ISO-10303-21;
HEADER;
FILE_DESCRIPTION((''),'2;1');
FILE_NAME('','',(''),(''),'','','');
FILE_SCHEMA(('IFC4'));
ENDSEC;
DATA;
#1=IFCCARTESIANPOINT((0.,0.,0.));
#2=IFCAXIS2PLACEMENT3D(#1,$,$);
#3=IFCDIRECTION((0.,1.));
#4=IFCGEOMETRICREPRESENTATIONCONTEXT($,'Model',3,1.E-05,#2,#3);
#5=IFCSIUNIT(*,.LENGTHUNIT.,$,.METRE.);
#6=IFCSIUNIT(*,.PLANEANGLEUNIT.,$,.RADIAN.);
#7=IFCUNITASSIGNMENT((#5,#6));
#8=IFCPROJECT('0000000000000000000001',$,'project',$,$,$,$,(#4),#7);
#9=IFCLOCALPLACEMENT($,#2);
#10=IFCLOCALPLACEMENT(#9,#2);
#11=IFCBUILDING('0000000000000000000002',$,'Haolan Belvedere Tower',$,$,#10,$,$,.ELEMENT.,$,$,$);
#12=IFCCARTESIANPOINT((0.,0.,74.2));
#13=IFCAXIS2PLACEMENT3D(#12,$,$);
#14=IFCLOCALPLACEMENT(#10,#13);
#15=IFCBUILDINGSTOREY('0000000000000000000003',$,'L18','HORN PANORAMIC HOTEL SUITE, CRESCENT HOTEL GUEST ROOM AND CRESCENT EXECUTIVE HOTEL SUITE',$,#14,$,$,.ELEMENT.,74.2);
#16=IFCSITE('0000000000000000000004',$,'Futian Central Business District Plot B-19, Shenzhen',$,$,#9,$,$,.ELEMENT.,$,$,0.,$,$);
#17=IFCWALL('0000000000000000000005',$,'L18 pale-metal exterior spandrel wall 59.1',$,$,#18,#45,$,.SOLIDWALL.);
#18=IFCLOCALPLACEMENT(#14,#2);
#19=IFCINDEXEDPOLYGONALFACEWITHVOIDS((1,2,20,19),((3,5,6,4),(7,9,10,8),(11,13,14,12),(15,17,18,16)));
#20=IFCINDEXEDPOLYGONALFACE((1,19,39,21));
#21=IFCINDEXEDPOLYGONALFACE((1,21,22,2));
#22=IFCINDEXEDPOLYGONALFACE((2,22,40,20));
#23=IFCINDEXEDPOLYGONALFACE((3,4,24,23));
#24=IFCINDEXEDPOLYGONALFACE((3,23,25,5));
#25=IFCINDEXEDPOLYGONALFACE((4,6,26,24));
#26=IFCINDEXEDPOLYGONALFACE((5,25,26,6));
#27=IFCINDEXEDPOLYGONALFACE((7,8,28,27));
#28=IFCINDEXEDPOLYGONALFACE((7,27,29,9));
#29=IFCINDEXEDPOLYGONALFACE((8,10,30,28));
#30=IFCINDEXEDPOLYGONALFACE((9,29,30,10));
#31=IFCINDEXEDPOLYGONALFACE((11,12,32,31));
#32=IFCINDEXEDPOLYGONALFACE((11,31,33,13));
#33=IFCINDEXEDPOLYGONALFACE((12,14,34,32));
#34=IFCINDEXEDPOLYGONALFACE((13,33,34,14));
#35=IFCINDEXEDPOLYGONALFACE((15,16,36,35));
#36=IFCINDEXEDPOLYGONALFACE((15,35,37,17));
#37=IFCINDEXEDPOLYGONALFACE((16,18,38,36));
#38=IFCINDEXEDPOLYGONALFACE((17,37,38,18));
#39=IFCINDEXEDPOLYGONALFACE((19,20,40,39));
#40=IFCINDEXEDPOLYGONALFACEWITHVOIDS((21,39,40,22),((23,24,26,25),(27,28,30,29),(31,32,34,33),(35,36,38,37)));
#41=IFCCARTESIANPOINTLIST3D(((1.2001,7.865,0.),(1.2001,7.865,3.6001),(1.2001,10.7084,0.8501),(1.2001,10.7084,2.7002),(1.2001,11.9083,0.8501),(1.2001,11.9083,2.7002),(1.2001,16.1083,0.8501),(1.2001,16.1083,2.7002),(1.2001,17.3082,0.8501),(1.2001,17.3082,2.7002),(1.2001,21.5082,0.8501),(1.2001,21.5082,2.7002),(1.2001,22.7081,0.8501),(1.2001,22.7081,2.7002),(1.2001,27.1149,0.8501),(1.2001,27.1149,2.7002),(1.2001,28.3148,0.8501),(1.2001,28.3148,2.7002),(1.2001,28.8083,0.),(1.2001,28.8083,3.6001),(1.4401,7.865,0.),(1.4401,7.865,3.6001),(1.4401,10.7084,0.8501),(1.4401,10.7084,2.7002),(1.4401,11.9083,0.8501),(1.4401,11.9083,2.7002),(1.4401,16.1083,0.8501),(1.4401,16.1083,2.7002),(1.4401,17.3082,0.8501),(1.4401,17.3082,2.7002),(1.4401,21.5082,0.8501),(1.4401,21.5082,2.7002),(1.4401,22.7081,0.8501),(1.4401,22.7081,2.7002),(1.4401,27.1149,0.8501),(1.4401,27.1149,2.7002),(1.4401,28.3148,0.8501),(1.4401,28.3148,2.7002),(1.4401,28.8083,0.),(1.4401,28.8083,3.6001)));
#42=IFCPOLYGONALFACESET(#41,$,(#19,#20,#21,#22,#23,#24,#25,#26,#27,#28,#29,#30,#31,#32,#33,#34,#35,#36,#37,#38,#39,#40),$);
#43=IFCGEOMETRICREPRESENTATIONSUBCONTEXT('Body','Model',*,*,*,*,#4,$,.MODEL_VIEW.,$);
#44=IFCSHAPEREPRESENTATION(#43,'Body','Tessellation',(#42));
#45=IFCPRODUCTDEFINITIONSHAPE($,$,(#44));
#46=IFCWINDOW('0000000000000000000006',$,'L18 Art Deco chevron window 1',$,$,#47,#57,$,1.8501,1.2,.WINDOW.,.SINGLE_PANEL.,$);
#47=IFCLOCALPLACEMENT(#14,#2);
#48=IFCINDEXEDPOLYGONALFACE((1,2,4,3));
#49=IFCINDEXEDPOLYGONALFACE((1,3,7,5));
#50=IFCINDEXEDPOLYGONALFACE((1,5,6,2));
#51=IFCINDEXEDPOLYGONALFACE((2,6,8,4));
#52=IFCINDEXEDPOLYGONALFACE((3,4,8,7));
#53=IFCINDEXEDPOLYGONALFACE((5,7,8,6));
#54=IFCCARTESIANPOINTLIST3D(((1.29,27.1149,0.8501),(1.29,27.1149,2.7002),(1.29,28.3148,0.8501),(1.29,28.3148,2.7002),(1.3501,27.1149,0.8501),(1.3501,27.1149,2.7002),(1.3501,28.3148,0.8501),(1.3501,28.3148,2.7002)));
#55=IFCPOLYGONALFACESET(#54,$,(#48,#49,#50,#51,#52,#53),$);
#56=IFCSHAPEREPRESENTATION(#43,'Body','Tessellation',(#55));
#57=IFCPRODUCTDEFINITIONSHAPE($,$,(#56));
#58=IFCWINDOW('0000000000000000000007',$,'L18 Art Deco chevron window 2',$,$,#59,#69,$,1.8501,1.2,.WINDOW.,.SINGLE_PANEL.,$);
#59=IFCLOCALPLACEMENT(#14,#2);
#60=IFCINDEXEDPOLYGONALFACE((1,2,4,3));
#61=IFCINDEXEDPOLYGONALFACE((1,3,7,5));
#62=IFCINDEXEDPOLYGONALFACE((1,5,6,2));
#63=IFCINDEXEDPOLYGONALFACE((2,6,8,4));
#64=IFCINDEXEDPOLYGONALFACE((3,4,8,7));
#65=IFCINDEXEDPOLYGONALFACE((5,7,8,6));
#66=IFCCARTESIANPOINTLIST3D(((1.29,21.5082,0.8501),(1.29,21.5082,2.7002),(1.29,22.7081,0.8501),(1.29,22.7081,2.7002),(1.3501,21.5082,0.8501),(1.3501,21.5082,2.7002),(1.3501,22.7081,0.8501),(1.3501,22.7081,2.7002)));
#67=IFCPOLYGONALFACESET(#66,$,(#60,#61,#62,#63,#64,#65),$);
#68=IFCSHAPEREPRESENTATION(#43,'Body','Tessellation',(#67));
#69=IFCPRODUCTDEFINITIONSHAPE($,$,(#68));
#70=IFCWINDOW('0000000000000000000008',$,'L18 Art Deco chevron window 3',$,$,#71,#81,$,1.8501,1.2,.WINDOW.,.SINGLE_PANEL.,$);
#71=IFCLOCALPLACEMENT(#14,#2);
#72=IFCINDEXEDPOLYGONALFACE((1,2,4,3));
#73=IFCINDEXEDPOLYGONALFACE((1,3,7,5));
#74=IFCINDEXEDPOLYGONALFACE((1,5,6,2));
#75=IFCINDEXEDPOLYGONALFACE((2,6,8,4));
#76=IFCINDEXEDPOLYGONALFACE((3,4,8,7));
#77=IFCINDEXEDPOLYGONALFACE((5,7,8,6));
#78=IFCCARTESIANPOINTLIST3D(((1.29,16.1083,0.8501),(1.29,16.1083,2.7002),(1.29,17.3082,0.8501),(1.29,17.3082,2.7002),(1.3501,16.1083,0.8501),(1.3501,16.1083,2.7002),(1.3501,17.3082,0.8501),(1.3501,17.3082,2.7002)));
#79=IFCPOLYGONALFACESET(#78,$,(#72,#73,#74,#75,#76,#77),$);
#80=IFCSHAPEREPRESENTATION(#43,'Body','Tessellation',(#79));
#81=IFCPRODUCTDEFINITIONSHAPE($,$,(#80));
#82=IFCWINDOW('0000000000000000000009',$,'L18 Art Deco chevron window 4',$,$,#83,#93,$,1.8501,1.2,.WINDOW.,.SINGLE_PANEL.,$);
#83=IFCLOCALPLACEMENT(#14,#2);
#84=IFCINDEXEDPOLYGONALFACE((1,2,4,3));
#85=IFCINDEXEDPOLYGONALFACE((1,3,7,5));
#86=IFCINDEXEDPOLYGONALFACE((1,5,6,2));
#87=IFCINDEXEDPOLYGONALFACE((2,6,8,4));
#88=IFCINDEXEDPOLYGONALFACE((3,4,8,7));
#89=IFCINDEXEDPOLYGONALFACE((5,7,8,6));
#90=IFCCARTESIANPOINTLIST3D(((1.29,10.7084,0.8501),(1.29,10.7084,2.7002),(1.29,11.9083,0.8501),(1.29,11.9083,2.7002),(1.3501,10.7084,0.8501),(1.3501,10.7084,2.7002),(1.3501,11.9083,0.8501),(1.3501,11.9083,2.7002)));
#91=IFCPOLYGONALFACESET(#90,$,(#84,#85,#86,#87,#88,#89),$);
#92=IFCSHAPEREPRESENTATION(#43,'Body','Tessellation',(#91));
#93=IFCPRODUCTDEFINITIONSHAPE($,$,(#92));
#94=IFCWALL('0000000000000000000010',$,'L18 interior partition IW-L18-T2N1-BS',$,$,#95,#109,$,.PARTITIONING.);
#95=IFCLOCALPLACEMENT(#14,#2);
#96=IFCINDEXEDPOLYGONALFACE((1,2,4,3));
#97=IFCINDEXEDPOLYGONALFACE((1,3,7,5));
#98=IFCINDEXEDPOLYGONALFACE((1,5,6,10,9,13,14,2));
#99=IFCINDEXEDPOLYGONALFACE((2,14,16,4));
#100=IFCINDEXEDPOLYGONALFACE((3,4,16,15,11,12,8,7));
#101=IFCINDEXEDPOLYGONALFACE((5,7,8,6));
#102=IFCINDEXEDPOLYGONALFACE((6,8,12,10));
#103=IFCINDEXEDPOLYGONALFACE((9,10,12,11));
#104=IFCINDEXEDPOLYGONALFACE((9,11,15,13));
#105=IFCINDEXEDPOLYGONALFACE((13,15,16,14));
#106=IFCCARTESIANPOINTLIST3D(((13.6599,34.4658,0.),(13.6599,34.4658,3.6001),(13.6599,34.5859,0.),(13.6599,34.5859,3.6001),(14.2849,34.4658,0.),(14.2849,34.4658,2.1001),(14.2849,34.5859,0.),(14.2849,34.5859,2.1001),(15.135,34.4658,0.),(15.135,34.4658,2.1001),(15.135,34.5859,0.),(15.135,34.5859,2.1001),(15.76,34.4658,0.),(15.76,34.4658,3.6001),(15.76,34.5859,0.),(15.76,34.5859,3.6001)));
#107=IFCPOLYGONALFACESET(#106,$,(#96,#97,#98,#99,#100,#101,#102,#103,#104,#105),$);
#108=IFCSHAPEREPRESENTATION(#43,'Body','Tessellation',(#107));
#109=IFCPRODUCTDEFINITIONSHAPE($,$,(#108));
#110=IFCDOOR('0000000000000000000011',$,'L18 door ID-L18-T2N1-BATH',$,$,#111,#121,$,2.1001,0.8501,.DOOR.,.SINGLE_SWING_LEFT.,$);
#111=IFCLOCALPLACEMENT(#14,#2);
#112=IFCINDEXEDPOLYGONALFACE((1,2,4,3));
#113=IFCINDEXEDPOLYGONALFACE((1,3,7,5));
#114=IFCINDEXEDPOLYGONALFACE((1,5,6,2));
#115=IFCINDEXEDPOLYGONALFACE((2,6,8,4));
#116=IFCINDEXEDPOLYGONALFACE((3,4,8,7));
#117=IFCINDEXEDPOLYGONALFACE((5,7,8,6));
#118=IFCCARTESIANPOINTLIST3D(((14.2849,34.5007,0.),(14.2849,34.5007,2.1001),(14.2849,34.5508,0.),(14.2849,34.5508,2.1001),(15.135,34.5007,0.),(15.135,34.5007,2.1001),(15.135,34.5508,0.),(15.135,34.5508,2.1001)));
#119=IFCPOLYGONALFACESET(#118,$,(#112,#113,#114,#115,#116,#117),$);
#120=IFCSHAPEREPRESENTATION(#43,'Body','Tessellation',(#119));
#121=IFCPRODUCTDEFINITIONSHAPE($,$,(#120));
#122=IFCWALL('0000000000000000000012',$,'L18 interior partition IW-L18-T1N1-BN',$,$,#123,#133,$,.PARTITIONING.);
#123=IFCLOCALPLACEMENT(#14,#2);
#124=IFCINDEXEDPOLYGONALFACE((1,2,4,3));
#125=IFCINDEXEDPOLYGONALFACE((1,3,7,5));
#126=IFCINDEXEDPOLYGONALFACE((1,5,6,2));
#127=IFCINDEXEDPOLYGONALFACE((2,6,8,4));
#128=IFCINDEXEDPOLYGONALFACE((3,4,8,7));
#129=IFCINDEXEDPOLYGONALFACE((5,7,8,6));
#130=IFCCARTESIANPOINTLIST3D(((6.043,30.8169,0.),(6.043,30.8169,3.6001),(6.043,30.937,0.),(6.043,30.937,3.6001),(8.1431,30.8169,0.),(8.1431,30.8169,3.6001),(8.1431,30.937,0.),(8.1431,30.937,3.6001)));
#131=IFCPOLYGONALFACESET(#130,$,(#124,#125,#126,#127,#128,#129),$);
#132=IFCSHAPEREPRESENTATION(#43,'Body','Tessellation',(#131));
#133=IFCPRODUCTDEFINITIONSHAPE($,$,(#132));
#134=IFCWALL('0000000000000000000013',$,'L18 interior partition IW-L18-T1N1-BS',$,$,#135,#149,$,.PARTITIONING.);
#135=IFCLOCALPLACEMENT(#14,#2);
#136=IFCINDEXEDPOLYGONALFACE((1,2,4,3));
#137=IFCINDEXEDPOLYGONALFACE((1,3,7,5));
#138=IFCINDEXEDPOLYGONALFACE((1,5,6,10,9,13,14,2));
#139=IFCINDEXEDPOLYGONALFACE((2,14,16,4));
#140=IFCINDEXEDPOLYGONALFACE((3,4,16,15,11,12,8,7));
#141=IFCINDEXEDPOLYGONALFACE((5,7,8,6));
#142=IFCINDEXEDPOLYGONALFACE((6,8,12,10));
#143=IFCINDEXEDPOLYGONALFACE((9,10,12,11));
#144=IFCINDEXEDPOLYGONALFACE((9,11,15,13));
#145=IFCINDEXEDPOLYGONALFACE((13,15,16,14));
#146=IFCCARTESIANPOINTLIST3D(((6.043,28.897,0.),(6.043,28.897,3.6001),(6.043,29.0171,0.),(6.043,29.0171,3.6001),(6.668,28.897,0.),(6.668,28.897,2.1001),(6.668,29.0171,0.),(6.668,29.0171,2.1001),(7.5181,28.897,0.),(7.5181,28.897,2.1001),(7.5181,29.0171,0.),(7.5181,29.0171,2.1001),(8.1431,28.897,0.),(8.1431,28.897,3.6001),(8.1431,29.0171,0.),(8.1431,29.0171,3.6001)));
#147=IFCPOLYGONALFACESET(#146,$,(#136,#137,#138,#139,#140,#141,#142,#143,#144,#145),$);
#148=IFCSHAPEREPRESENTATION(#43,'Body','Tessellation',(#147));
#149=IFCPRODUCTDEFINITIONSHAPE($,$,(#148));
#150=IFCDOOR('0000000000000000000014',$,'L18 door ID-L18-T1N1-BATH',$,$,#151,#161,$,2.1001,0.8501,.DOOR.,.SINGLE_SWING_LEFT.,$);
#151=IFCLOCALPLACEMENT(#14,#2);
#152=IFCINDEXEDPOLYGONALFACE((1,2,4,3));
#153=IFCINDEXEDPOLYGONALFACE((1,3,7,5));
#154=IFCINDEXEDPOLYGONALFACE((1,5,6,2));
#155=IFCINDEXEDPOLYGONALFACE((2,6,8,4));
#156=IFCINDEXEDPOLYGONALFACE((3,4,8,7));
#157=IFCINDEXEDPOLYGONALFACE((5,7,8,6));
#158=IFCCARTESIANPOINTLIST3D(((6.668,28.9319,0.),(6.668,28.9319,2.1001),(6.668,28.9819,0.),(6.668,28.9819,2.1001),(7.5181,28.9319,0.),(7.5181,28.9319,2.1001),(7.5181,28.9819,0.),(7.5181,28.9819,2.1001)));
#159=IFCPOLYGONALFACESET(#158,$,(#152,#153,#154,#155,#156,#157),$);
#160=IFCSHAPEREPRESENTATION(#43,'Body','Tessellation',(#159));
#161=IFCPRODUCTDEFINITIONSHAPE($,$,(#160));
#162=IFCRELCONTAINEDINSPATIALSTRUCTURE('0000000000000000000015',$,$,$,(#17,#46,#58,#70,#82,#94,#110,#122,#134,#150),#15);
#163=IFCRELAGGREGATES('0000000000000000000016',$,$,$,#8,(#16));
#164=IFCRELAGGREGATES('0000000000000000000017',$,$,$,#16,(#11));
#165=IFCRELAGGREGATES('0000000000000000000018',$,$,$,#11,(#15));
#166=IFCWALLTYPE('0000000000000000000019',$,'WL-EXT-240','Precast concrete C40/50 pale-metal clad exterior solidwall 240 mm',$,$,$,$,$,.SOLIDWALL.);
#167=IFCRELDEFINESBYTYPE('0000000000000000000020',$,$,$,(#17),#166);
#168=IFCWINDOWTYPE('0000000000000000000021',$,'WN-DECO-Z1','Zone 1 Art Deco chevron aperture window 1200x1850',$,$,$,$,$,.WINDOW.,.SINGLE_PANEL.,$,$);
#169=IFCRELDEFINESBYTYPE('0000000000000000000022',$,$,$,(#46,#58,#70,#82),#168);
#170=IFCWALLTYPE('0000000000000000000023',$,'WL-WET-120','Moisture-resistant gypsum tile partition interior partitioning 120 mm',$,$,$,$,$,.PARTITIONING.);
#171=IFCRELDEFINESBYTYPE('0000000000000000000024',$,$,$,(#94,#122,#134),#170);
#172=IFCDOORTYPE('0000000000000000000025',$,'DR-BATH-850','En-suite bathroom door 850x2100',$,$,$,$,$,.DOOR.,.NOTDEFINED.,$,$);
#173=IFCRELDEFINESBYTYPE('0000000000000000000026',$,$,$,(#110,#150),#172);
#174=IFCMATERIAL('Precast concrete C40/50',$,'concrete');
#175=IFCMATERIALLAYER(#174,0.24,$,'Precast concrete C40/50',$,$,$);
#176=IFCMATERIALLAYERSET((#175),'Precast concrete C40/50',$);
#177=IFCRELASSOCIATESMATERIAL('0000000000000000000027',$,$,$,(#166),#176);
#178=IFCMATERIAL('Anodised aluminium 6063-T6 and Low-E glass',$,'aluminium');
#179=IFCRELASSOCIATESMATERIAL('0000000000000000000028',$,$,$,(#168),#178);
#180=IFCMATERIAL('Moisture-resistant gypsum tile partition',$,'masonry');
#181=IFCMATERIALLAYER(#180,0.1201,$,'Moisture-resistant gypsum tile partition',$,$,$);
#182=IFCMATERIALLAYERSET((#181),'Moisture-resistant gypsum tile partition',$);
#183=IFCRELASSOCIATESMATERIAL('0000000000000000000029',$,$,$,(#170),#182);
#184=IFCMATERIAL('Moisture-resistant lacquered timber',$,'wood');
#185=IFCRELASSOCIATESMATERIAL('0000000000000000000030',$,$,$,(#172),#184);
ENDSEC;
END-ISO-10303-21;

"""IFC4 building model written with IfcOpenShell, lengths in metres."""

from ifc_helpers import new_model, si_unit, direction, frame, frame_2d, origin, place, context, subcontext, project, spatial, rectangle, extrude, material, layer, layer_set, type_object, element, fill, save


model = new_model("IFC4")

# Units and contexts
model_context = context("Model", 3, precision=1e-05, world=origin(), true_north=direction((0.0, 1.0)))
body_context = subcontext(model_context, "Body", "Model", "MODEL_VIEW")
ifc_project = project(units=[si_unit("LENGTHUNIT", "METRE"), si_unit("PLANEANGLEUNIT", "RADIAN")], contexts=[model_context])

# Site, building, storey
site_placement = place(None, origin())
site = spatial("IfcSite", under=ifc_project, at=site_placement, Name="Futian Central Business District Plot B-19, Shenzhen", CompositionType="ELEMENT", RefElevation=0.0)
building_placement = place(site_placement, origin())
building = spatial("IfcBuilding", under=site, at=building_placement, Name="Haolan Belvedere Tower", CompositionType="ELEMENT")
storey_placement = place(building_placement, frame((0.0, 0.0, 74.2)))
storey = spatial("IfcBuildingStorey", under=building, at=storey_placement, Name="L18", Description="HORN PANORAMIC HOTEL SUITE, CRESCENT HOTEL GUEST ROOM AND CRESCENT EXECUTIVE HOTEL SUITE", CompositionType="ELEMENT", Elevation=74.2)

# Shared definitions
ifc_material_1 = material(Name="Precast concrete C40/50", Category="concrete")
ifc_layer_1 = layer(ifc_material_1, 0.24, Name="Precast concrete C40/50")
ifc_layer_set_1 = layer_set([ifc_layer_1], Name="Precast concrete C40/50")
wall_type_1 = type_object("IfcWallType", Name="WL-EXT-240", Description="Precast concrete C40/50 pale-metal clad exterior solidwall 240 mm", PredefinedType="SOLIDWALL", material=ifc_layer_set_1)

# Shared definitions
ifc_material_2 = material(Name="Anodised aluminium 6063-T6 and Low-E glass", Category="aluminium")
window_type = type_object("IfcWindowType", Name="WN-DECO-Z1", Description="Zone 1 Art Deco chevron aperture window 1200x1850", PartitioningType="SINGLE_PANEL", PredefinedType="WINDOW", material=ifc_material_2)

# Wall, openings, windows
wall_1_placement = place(storey_placement, frame((1.3201, 28.8083, 0.0), z_axis=(0.0, 0.0, 1.0), x_axis=(0.0, -1.0, 0.0)))
wall_1 = element("IfcWall", 1, at=wall_1_placement, inside=storey, type_object=wall_type_1, Name="L18 pale-metal exterior spandrel wall 59.1", PredefinedType="SOLIDWALL", context=body_context, shape_type="SweptSolid", body=[
    extrude(rectangle(XDim=20.9434, YDim=0.24, at=frame_2d((10.4717, 0.0))), origin(), (0.0, 0.0, 1.0), 3.6001),
])
opening_1_placement = place(wall_1_placement, frame((0.4934, 0.0, 0.8501)))
opening_1 = element("IfcOpeningElement", 2, at=opening_1_placement, cuts=wall_1, PredefinedType="OPENING", context=body_context, shape_type="SweptSolid", body=[
    extrude(rectangle(XDim=1.2, YDim=1.8501, at=frame_2d((0.6001, 0.925))), frame((0.0, 0.1299, 0.0), z_axis=(0.0, -1.0, 0.0), x_axis=(1.0, 0.0, 0.0)), (0.0, 0.0, 1.0), 0.26),
])
opening_2_placement = place(wall_1_placement, frame((6.1001, 0.0, 0.8501)))
opening_2 = element("IfcOpeningElement", 3, at=opening_2_placement, cuts=wall_1, PredefinedType="OPENING", context=body_context, shape_type="SweptSolid", body=[
    extrude(rectangle(XDim=1.2, YDim=1.8501, at=frame_2d((0.6001, 0.925))), frame((0.0, 0.1299, 0.0), z_axis=(0.0, -1.0, 0.0), x_axis=(1.0, 0.0, 0.0)), (0.0, 0.0, 1.0), 0.26),
])
opening_3_placement = place(wall_1_placement, frame((11.5, 0.0, 0.8501)))
opening_3 = element("IfcOpeningElement", 4, at=opening_3_placement, cuts=wall_1, PredefinedType="OPENING", context=body_context, shape_type="SweptSolid", body=[
    extrude(rectangle(XDim=1.2, YDim=1.8501, at=frame_2d((0.6001, 0.925))), frame((0.0, 0.1299, 0.0), z_axis=(0.0, -1.0, 0.0), x_axis=(1.0, 0.0, 0.0)), (0.0, 0.0, 1.0), 0.26),
])
opening_4_placement = place(wall_1_placement, frame((16.8999, 0.0, 0.8501)))
opening_4 = element("IfcOpeningElement", 5, at=opening_4_placement, cuts=wall_1, PredefinedType="OPENING", context=body_context, shape_type="SweptSolid", body=[
    extrude(rectangle(XDim=1.2, YDim=1.8501, at=frame_2d((0.6001, 0.925))), frame((0.0, 0.1299, 0.0), z_axis=(0.0, -1.0, 0.0), x_axis=(1.0, 0.0, 0.0)), (0.0, 0.0, 1.0), 0.26),
])
window_1_placement = place(opening_1_placement, origin())
window_1 = element("IfcWindow", 6, at=window_1_placement, inside=storey, type_object=window_type, Name="L18 Art Deco chevron window 1", OverallHeight=1.8501, OverallWidth=1.2, PartitioningType="SINGLE_PANEL", PredefinedType="WINDOW", context=body_context, shape_type="SweptSolid", body=[
    extrude(rectangle(XDim=1.2, YDim=1.8501, at=frame_2d((0.6001, 0.925))), frame((0.0, 0.03, 0.0), z_axis=(0.0, -1.0, 0.0), x_axis=(1.0, 0.0, 0.0)), (0.0, 0.0, 1.0), 0.0601),
])
fill(opening_1, window_1)
window_2_placement = place(opening_2_placement, origin())
window_2 = element("IfcWindow", 7, at=window_2_placement, inside=storey, type_object=window_type, Name="L18 Art Deco chevron window 2", OverallHeight=1.8501, OverallWidth=1.2, PartitioningType="SINGLE_PANEL", PredefinedType="WINDOW", context=body_context, shape_type="SweptSolid", body=[
    extrude(rectangle(XDim=1.2, YDim=1.8501, at=frame_2d((0.6001, 0.925))), frame((0.0, 0.03, 0.0), z_axis=(0.0, -1.0, 0.0), x_axis=(1.0, 0.0, 0.0)), (0.0, 0.0, 1.0), 0.0601),
])
fill(opening_2, window_2)
window_3_placement = place(opening_3_placement, origin())
window_3 = element("IfcWindow", 8, at=window_3_placement, inside=storey, type_object=window_type, Name="L18 Art Deco chevron window 3", OverallHeight=1.8501, OverallWidth=1.2, PartitioningType="SINGLE_PANEL", PredefinedType="WINDOW", context=body_context, shape_type="SweptSolid", body=[
    extrude(rectangle(XDim=1.2, YDim=1.8501, at=frame_2d((0.6001, 0.925))), frame((0.0, 0.03, 0.0), z_axis=(0.0, -1.0, 0.0), x_axis=(1.0, 0.0, 0.0)), (0.0, 0.0, 1.0), 0.0601),
])
fill(opening_3, window_3)
window_4_placement = place(opening_4_placement, origin())
window_4 = element("IfcWindow", 9, at=window_4_placement, inside=storey, type_object=window_type, Name="L18 Art Deco chevron window 4", OverallHeight=1.8501, OverallWidth=1.2, PartitioningType="SINGLE_PANEL", PredefinedType="WINDOW", context=body_context, shape_type="SweptSolid", body=[
    extrude(rectangle(XDim=1.2, YDim=1.8501, at=frame_2d((0.6001, 0.925))), frame((0.0, 0.03, 0.0), z_axis=(0.0, -1.0, 0.0), x_axis=(1.0, 0.0, 0.0)), (0.0, 0.0, 1.0), 0.0601),
])
fill(opening_4, window_4)

# Wall, opening, door
ifc_material_3 = material(Name="Moisture-resistant gypsum tile partition", Category="masonry")
ifc_layer_2 = layer(ifc_material_3, 0.1201, Name="Moisture-resistant gypsum tile partition")
ifc_layer_set_2 = layer_set([ifc_layer_2], Name="Moisture-resistant gypsum tile partition")
wall_type_2 = type_object("IfcWallType", Name="WL-WET-120", Description="Moisture-resistant gypsum tile partition interior partitioning 120 mm", PredefinedType="PARTITIONING", material=ifc_layer_set_2)
wall_2_placement = place(storey_placement, frame((13.6599, 34.5259, 0.0), z_axis=(0.0, 0.0, 1.0), x_axis=(1.0, 0.0, 0.0)))
wall_2 = element("IfcWall", 10, at=wall_2_placement, inside=storey, type_object=wall_type_2, Name="L18 interior partition IW-L18-T2N1-BS", PredefinedType="PARTITIONING", context=body_context, shape_type="SweptSolid", body=[
    extrude(rectangle(XDim=2.1001, YDim=0.1201, at=frame_2d((1.05, 0.0))), origin(), (0.0, 0.0, 1.0), 3.6001),
])
opening_5_placement = place(wall_2_placement, frame((0.625, 0.0, 0.0)))
opening_5 = element("IfcOpeningElement", 11, at=opening_5_placement, cuts=wall_2, PredefinedType="OPENING", context=body_context, shape_type="SweptSolid", body=[
    extrude(rectangle(XDim=0.8501, YDim=2.1001, at=frame_2d((0.425, 1.05))), frame((0.0, 0.0701, 0.0), z_axis=(0.0, -1.0, 0.0), x_axis=(1.0, 0.0, 0.0)), (0.0, 0.0, 1.0), 0.1401),
])
ifc_material_4 = material(Name="Moisture-resistant lacquered timber", Category="wood")
door_type = type_object("IfcDoorType", Name="DR-BATH-850", Description="En-suite bathroom door 850x2100", OperationType="NOTDEFINED", PredefinedType="DOOR", material=ifc_material_4)
door_1_placement = place(opening_5_placement, origin())
door_1 = element("IfcDoor", 12, at=door_1_placement, inside=storey, type_object=door_type, Name="L18 door ID-L18-T2N1-BATH", OperationType="SINGLE_SWING_LEFT", OverallHeight=2.1001, OverallWidth=0.8501, PredefinedType="DOOR", context=body_context, shape_type="SweptSolid", body=[
    extrude(rectangle(XDim=0.8501, YDim=2.1001, at=frame_2d((0.425, 1.05))), frame((0.0, 0.0249, 0.0), z_axis=(0.0, -1.0, 0.0), x_axis=(1.0, 0.0, 0.0)), (0.0, 0.0, 1.0), 0.05),
])
fill(opening_5, door_1)

# Wall
wall_3_placement = place(storey_placement, frame((6.043, 30.877, 0.0), z_axis=(0.0, 0.0, 1.0), x_axis=(1.0, 0.0, 0.0)))
element("IfcWall", 13, at=wall_3_placement, inside=storey, type_object=wall_type_2, Name="L18 interior partition IW-L18-T1N1-BN", PredefinedType="PARTITIONING", context=body_context, shape_type="SweptSolid", body=[
    extrude(rectangle(XDim=2.1001, YDim=0.1201, at=frame_2d((1.05, 0.0))), origin(), (0.0, 0.0, 1.0), 3.6001),
])

# Wall, opening, door
wall_4_placement = place(storey_placement, frame((6.043, 28.957, 0.0), z_axis=(0.0, 0.0, 1.0), x_axis=(1.0, 0.0, 0.0)))
wall_4 = element("IfcWall", 14, at=wall_4_placement, inside=storey, type_object=wall_type_2, Name="L18 interior partition IW-L18-T1N1-BS", PredefinedType="PARTITIONING", context=body_context, shape_type="SweptSolid", body=[
    extrude(rectangle(XDim=2.1001, YDim=0.1201, at=frame_2d((1.05, 0.0))), origin(), (0.0, 0.0, 1.0), 3.6001),
])
opening_6_placement = place(wall_4_placement, frame((0.625, 0.0, 0.0)))
opening_6 = element("IfcOpeningElement", 15, at=opening_6_placement, cuts=wall_4, PredefinedType="OPENING", context=body_context, shape_type="SweptSolid", body=[
    extrude(rectangle(XDim=0.8501, YDim=2.1001, at=frame_2d((0.425, 1.05))), frame((0.0, 0.0701, 0.0), z_axis=(0.0, -1.0, 0.0), x_axis=(1.0, 0.0, 0.0)), (0.0, 0.0, 1.0), 0.1401),
])
door_2_placement = place(opening_6_placement, origin())
door_2 = element("IfcDoor", 16, at=door_2_placement, inside=storey, type_object=door_type, Name="L18 door ID-L18-T1N1-BATH", OperationType="SINGLE_SWING_LEFT", OverallHeight=2.1001, OverallWidth=0.8501, PredefinedType="DOOR", context=body_context, shape_type="SweptSolid", body=[
    extrude(rectangle(XDim=0.8501, YDim=2.1001, at=frame_2d((0.425, 1.05))), frame((0.0, 0.0249, 0.0), z_axis=(0.0, -1.0, 0.0), x_axis=(1.0, 0.0, 0.0)), (0.0, 0.0, 1.0), 0.05),
])
fill(opening_6, door_2)

save(model, "model.ifc")
